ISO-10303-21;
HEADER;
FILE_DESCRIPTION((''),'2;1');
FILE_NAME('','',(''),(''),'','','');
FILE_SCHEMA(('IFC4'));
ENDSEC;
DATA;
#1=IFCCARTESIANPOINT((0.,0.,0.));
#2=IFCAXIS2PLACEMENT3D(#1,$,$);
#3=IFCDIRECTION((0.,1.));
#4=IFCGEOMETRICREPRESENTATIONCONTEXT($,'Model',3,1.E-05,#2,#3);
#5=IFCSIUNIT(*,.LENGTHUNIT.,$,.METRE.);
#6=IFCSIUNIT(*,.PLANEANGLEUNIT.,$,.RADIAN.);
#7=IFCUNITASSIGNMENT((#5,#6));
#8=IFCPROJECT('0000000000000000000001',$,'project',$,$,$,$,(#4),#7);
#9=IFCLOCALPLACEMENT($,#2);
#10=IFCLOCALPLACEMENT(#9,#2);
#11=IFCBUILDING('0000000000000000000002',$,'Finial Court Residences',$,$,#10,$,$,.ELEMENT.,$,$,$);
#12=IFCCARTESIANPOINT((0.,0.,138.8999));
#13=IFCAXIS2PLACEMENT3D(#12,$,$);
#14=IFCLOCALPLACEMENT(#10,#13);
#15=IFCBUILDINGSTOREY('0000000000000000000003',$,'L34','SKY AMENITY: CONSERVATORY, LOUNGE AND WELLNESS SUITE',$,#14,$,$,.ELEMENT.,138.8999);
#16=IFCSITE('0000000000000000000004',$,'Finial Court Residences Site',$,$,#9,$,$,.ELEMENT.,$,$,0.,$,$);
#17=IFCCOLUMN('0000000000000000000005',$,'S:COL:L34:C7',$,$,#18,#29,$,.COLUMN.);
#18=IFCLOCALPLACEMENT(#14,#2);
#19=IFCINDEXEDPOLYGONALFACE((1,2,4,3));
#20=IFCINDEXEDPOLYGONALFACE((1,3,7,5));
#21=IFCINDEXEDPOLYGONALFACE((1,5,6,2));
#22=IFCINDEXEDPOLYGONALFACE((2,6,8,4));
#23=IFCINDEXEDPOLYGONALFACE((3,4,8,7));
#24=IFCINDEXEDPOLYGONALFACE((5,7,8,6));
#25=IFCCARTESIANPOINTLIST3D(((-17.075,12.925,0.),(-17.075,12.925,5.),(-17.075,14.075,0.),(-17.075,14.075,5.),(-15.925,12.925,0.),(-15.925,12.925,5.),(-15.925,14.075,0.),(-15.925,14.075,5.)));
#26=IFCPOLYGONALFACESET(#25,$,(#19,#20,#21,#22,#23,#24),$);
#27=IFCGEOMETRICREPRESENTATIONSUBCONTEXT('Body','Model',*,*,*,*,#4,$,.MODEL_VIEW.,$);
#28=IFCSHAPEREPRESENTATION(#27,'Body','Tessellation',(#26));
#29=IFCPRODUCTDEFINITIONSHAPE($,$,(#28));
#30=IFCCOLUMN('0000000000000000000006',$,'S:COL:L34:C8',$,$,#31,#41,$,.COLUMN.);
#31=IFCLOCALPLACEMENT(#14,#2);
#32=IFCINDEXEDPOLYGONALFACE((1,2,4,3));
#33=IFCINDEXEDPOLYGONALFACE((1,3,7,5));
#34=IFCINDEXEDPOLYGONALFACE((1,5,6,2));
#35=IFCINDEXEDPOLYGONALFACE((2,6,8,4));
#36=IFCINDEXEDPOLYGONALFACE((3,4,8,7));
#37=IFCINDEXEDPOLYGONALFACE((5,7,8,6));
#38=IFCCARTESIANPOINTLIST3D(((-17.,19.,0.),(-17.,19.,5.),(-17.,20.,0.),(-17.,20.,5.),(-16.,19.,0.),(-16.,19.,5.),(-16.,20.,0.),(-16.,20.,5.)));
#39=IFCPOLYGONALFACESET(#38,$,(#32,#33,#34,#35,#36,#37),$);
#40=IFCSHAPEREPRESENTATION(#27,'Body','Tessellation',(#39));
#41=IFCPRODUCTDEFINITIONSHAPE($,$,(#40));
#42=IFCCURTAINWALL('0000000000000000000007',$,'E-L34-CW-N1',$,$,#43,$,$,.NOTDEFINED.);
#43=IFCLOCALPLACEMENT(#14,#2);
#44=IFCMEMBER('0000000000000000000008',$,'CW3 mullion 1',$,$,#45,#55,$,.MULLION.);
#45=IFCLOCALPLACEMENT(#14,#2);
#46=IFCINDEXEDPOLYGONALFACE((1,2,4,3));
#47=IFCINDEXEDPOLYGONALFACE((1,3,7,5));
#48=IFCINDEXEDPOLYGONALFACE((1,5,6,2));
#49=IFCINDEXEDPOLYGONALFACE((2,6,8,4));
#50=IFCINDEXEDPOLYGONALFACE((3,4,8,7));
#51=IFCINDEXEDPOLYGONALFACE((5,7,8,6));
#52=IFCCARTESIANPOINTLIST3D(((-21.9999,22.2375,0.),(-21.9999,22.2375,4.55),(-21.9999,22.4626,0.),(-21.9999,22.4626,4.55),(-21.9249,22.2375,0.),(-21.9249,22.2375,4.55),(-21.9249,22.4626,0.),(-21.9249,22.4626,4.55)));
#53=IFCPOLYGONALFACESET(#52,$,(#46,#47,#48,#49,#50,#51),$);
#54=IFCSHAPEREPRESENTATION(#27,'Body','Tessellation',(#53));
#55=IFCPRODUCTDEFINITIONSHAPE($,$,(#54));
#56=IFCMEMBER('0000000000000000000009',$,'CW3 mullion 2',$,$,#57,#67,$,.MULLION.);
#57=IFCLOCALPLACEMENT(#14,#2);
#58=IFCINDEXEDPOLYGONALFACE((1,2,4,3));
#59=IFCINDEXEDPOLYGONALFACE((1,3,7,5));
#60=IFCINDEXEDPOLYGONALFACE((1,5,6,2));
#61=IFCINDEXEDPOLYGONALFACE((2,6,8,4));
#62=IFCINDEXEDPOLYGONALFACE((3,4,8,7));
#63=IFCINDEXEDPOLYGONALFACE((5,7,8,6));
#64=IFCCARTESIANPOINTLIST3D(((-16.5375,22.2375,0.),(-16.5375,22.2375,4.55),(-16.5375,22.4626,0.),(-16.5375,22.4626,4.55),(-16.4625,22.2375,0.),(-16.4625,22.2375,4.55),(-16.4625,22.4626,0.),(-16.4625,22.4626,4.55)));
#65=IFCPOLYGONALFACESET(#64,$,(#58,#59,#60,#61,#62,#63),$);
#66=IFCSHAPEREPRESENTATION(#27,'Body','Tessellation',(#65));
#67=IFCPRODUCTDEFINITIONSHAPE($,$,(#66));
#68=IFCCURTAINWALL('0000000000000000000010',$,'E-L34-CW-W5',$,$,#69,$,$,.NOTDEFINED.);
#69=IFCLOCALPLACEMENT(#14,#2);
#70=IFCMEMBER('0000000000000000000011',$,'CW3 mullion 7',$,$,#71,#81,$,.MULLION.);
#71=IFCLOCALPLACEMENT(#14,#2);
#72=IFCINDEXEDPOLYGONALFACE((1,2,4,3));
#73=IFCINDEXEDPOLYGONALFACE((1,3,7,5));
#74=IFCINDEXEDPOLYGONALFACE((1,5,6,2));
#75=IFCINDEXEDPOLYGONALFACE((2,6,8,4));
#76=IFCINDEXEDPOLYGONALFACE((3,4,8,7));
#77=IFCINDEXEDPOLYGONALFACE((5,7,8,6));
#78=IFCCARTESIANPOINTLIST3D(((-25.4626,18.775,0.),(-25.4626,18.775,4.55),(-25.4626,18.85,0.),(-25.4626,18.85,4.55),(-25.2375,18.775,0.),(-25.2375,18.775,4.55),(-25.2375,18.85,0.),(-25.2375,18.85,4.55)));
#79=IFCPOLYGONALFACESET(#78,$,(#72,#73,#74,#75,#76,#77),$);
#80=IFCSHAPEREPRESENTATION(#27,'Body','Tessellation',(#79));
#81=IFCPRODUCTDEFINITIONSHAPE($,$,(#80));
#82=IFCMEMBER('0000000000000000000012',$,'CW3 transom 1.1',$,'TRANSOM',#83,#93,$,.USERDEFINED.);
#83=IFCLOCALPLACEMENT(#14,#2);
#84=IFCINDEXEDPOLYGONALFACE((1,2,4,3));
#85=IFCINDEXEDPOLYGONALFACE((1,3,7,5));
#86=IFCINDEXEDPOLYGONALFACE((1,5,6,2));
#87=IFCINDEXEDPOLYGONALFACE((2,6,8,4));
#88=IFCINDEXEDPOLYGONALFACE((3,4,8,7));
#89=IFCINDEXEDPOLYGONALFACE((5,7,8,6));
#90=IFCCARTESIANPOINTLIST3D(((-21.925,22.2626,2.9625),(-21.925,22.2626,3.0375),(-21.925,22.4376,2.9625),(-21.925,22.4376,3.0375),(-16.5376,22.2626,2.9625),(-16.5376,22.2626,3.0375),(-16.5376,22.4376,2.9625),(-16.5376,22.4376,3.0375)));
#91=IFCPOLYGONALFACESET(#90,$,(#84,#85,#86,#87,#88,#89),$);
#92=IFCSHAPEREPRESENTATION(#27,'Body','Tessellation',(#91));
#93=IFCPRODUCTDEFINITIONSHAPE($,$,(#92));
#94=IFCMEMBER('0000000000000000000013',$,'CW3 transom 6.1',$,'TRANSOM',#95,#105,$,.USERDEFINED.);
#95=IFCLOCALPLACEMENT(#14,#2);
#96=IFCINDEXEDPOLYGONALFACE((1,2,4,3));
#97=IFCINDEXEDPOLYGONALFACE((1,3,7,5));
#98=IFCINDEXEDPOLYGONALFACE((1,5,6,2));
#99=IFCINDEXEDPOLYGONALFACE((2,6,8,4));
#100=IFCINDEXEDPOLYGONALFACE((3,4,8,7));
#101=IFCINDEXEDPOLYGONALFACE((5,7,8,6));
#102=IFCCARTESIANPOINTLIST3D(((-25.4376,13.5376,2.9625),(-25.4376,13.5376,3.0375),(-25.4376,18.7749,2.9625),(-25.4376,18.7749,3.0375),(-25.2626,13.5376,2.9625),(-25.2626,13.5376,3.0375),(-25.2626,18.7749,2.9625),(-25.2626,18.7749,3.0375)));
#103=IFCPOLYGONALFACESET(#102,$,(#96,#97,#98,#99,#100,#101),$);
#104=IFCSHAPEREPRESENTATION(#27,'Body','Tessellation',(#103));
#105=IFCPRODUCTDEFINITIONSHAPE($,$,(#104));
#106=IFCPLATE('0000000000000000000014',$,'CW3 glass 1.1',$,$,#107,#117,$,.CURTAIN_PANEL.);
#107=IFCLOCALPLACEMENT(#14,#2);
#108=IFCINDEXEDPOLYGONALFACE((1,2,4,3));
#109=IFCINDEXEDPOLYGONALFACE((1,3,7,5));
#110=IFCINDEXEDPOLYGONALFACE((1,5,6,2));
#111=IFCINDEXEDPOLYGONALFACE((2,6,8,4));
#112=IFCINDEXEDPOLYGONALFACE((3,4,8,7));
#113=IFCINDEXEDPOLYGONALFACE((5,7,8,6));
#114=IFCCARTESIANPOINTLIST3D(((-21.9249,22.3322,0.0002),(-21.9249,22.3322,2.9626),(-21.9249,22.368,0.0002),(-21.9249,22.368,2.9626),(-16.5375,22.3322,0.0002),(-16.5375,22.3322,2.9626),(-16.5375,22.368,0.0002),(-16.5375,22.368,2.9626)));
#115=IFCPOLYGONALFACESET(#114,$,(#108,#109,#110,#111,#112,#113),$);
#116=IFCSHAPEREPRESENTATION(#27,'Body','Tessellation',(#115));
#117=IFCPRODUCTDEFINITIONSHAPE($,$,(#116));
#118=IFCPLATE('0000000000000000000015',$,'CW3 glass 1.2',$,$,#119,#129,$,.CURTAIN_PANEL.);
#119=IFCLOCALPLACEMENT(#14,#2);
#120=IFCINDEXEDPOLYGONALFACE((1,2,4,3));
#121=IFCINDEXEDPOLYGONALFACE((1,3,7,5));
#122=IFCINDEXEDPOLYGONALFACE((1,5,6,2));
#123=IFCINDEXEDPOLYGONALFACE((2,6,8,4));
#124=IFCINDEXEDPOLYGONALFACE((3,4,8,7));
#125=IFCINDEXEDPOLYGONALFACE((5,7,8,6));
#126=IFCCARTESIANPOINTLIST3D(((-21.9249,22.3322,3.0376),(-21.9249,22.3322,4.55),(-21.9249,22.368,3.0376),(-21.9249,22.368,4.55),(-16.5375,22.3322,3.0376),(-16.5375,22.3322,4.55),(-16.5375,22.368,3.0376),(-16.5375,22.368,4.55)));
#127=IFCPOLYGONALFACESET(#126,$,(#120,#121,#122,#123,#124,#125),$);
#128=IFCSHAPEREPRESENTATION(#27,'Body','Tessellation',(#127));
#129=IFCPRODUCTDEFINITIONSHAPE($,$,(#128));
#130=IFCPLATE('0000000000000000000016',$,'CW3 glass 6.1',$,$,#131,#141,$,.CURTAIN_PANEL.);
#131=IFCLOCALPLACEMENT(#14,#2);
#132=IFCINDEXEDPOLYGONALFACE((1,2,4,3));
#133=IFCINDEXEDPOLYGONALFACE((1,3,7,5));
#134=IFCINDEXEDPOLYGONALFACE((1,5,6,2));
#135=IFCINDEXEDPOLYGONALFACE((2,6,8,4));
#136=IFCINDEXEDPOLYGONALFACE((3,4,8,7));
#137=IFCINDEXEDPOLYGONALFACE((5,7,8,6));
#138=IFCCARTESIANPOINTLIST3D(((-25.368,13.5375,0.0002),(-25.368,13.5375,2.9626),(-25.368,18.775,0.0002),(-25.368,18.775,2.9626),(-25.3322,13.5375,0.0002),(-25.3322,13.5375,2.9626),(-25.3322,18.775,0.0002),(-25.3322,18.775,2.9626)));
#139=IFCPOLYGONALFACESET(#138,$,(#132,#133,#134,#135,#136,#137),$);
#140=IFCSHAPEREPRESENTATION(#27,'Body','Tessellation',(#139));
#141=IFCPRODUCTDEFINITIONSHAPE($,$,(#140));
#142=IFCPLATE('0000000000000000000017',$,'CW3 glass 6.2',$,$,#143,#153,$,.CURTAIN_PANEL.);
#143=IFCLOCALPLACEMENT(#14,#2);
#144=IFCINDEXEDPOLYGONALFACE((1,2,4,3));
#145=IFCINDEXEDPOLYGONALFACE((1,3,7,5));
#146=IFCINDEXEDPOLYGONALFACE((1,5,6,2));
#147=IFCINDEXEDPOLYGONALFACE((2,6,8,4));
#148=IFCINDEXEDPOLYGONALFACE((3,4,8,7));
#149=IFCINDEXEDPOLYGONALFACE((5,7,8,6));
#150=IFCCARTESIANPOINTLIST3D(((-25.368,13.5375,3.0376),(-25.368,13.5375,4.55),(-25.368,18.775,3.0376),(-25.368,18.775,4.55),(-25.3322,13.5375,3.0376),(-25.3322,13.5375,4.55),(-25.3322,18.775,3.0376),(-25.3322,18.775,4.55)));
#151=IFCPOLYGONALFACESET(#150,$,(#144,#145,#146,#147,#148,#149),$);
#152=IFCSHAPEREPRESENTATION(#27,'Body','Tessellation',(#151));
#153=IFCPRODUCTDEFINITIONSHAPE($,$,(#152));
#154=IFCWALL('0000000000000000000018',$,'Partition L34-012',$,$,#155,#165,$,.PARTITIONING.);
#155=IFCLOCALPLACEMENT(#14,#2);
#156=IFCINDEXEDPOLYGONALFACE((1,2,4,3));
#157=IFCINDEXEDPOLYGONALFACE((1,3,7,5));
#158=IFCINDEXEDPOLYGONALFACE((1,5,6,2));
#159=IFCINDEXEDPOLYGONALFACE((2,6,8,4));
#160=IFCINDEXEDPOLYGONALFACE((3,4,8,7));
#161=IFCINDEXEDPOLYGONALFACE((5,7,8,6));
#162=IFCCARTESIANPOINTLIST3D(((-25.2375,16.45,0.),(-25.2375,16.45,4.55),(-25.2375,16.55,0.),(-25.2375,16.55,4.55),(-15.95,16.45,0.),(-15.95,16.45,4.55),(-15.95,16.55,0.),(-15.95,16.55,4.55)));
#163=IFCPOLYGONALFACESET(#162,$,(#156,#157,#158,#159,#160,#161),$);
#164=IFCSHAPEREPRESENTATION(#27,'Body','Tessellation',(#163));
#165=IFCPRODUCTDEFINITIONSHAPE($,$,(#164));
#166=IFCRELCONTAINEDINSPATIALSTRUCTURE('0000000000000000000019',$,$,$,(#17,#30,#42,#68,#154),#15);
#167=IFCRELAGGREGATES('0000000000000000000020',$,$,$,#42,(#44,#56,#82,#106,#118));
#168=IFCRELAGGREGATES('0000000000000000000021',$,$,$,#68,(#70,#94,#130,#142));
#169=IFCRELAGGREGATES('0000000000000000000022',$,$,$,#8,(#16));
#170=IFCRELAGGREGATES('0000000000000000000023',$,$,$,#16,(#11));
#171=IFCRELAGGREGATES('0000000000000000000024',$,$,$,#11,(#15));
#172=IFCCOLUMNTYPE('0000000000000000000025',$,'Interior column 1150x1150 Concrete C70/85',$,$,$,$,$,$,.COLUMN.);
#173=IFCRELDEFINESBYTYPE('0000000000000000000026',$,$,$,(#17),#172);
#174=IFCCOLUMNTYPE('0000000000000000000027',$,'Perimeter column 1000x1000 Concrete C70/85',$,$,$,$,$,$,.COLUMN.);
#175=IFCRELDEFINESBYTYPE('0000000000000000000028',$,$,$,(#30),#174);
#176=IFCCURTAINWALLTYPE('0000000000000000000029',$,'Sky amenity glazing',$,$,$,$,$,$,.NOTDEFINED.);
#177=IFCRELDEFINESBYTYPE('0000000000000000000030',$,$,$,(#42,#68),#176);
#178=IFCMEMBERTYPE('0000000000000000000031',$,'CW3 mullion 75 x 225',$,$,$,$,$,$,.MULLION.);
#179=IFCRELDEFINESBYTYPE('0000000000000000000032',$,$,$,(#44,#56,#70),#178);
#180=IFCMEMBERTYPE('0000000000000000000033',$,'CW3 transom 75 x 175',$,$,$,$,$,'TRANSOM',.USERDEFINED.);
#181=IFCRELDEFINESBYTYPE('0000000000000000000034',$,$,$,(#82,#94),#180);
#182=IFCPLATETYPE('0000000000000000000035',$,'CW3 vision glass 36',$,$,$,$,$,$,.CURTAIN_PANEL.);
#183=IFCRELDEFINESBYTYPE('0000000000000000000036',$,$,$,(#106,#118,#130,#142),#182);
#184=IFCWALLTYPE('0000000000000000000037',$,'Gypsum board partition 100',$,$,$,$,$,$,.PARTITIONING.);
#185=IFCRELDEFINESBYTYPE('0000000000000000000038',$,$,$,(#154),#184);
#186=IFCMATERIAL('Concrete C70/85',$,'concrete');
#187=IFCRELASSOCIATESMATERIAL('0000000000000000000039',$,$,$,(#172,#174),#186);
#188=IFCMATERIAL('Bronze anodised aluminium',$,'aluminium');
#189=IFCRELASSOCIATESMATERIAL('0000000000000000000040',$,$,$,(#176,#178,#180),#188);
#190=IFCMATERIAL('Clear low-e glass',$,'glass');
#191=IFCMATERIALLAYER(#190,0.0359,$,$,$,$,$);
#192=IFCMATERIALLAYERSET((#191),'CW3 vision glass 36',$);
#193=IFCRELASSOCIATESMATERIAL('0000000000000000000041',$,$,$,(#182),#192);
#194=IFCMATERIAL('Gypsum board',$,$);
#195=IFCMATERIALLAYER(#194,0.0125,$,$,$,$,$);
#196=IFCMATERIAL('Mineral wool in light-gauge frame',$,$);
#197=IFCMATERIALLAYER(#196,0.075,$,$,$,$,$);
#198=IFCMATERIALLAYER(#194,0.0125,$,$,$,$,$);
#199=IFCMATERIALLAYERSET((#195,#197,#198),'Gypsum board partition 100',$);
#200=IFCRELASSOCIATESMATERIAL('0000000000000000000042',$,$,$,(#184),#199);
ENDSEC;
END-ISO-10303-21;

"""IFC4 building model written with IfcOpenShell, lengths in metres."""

from ifc_helpers import new_model, si_unit, direction, frame, frame_2d, origin, origin_2d, place, context, subcontext, project, spatial, rectangle, extrude, material, layer, layer_set, material_profile, profile_set, type_object, element, aggregate, save


model = new_model("IFC4")

# Units and contexts
model_context = context("Model", 3, precision=1e-05, world=origin(), true_north=direction((0.0, 1.0)))
body_context = subcontext(model_context, "Body", "Model", "MODEL_VIEW")
ifc_project = project(units=[si_unit("LENGTHUNIT", "METRE"), si_unit("PLANEANGLEUNIT", "RADIAN")], contexts=[model_context])

# Site, building, storey
site_placement = place(None, origin())
site = spatial("IfcSite", under=ifc_project, at=site_placement, Name="Finial Court Residences Site", CompositionType="ELEMENT", RefElevation=0.0)
building_placement = place(site_placement, origin())
building = spatial("IfcBuilding", under=site, at=building_placement, Name="Finial Court Residences", CompositionType="ELEMENT")
storey_placement = place(building_placement, frame((0.0, 0.0, 138.8999)))
storey = spatial("IfcBuildingStorey", under=building, at=storey_placement, Name="L34", Description="SKY AMENITY: CONSERVATORY, LOUNGE AND WELLNESS SUITE", CompositionType="ELEMENT", Elevation=138.8999)

# Columns
ifc_material_1 = material(Name="Concrete C70/85", Category="concrete")
ifc_material_profile_1 = material_profile(ifc_material_1, rectangle(XDim=1.1499, YDim=1.1499, at=origin_2d()), Name="1150x1150")
ifc_profile_set_1 = profile_set([ifc_material_profile_1], Name="Concrete C70/85")
column_type_1 = type_object("IfcColumnType", Name="Interior column 1150x1150 Concrete C70/85", PredefinedType="COLUMN", material=ifc_profile_set_1)
column_1_placement = place(storey_placement, frame((-16.5, 13.5, 0.0), z_axis=(0.0, 0.0, 1.0), x_axis=(1.0, 0.0, 0.0)))
element("IfcColumn", 1, at=column_1_placement, inside=storey, type_object=column_type_1, Name="S:COL:L34:C7", PredefinedType="COLUMN", context=body_context, shape_type="SweptSolid", body=[
    extrude(rectangle(XDim=1.1499, YDim=1.1499, at=origin_2d()), origin(), (0.0, 0.0, 1.0), 5.0),
])
ifc_material_profile_2 = material_profile(ifc_material_1, rectangle(XDim=1.0, YDim=1.0, at=origin_2d()), Name="1000x1000")
ifc_profile_set_2 = profile_set([ifc_material_profile_2], Name="Concrete C70/85")
column_type_2 = type_object("IfcColumnType", Name="Perimeter column 1000x1000 Concrete C70/85", PredefinedType="COLUMN", material=ifc_profile_set_2)
column_2_placement = place(storey_placement, frame((-16.5, 19.5, 0.0), z_axis=(0.0, 0.0, 1.0), x_axis=(1.0, 0.0, 0.0)))
element("IfcColumn", 2, at=column_2_placement, inside=storey, type_object=column_type_2, Name="S:COL:L34:C8", PredefinedType="COLUMN", context=body_context, shape_type="SweptSolid", body=[
    extrude(rectangle(XDim=1.0, YDim=1.0, at=origin_2d()), origin(), (0.0, 0.0, 1.0), 5.0),
])

# Curtain wall, members
ifc_material_2 = material(Name="Bronze anodised aluminium", Category="aluminium")
curtain_wall_type = type_object("IfcCurtainWallType", Name="Sky amenity glazing", PredefinedType="NOTDEFINED", material=ifc_material_2)
curtain_wall_1_placement = place(storey_placement, origin())
curtain_wall_1 = element("IfcCurtainWall", 3, at=curtain_wall_1_placement, inside=storey, type_object=curtain_wall_type, Name="E-L34-CW-N1", PredefinedType="NOTDEFINED")
ifc_material_profile_3 = material_profile(ifc_material_2, rectangle(XDim=0.2251, YDim=0.075, at=origin_2d()), Name="CW3 mullion 75 x 225")
ifc_profile_set_3 = profile_set([ifc_material_profile_3], Name="Bronze anodised aluminium")
member_type_1 = type_object("IfcMemberType", Name="CW3 mullion 75 x 225", PredefinedType="MULLION", material=ifc_profile_set_3)
member_1_placement = place(storey_placement, frame((-21.9624, 22.3501, 0.0), z_axis=(0.0, 0.0, 1.0), x_axis=(0.0, 1.0, 0.0)))
member_1 = element("IfcMember", 4, at=member_1_placement, type_object=member_type_1, Name="CW3 mullion 1", PredefinedType="MULLION", context=body_context, shape_type="SweptSolid", body=[
    extrude(rectangle(XDim=0.2251, YDim=0.075, at=origin_2d()), origin(), (0.0, 0.0, 1.0), 4.55),
])
member_2_placement = place(storey_placement, frame((-16.5, 22.3501, 0.0), z_axis=(0.0, 0.0, 1.0), x_axis=(0.0, 1.0, 0.0)))
member_2 = element("IfcMember", 5, at=member_2_placement, type_object=member_type_1, Name="CW3 mullion 2", PredefinedType="MULLION", context=body_context, shape_type="SweptSolid", body=[
    extrude(rectangle(XDim=0.2251, YDim=0.075, at=origin_2d()), origin(), (0.0, 0.0, 1.0), 4.55),
])

# Curtain wall, member
curtain_wall_2_placement = place(storey_placement, origin())
curtain_wall_2 = element("IfcCurtainWall", 6, at=curtain_wall_2_placement, inside=storey, type_object=curtain_wall_type, Name="E-L34-CW-W5", PredefinedType="NOTDEFINED")
member_3_placement = place(storey_placement, frame((-25.3501, 18.8125, 0.0), z_axis=(0.0, 0.0, 1.0), x_axis=(-1.0, 0.0, 0.0)))
member_3 = element("IfcMember", 7, at=member_3_placement, type_object=member_type_1, Name="CW3 mullion 7", PredefinedType="MULLION", context=body_context, shape_type="SweptSolid", body=[
    extrude(rectangle(XDim=0.2251, YDim=0.075, at=origin_2d()), origin(), (0.0, 0.0, 1.0), 4.55),
])

# Members
ifc_material_profile_4 = material_profile(ifc_material_2, rectangle(XDim=0.175, YDim=0.075, at=origin_2d()), Name="CW3 transom 75 x 175")
ifc_profile_set_4 = profile_set([ifc_material_profile_4], Name="Bronze anodised aluminium")
member_type_2 = type_object("IfcMemberType", Name="CW3 transom 75 x 175", ElementType="TRANSOM", PredefinedType="USERDEFINED", material=ifc_profile_set_4)
member_4_placement = place(storey_placement, frame((-21.925, 22.3501, 3.0), z_axis=(1.0, 0.0, 0.0), x_axis=(0.0, 1.0, 0.0)))
member_4 = element("IfcMember", 8, at=member_4_placement, type_object=member_type_2, Name="CW3 transom 1.1", ObjectType="TRANSOM", PredefinedType="USERDEFINED", context=body_context, shape_type="SweptSolid", body=[
    extrude(rectangle(XDim=0.175, YDim=0.075, at=origin_2d()), origin(), (0.0, 0.0, 1.0), 5.3875),
])
member_5_placement = place(storey_placement, frame((-25.3501, 13.5376, 3.0), z_axis=(0.0, 1.0, 0.0), x_axis=(-1.0, 0.0, 0.0)))
member_5 = element("IfcMember", 9, at=member_5_placement, type_object=member_type_2, Name="CW3 transom 6.1", ObjectType="TRANSOM", PredefinedType="USERDEFINED", context=body_context, shape_type="SweptSolid", body=[
    extrude(rectangle(XDim=0.175, YDim=0.075, at=origin_2d()), origin(), (0.0, 0.0, 1.0), 5.2373),
])

# Plates
ifc_material_3 = material(Name="Clear low-e glass", Category="glass")
ifc_layer_1 = layer(ifc_material_3, 0.0359)
ifc_layer_set_1 = layer_set([ifc_layer_1], Name="CW3 vision glass 36")
plate_type = type_object("IfcPlateType", Name="CW3 vision glass 36", PredefinedType="CURTAIN_PANEL", material=ifc_layer_set_1)
plate_1_placement = place(storey_placement, frame((-19.2312, 22.3501, 0.0002), z_axis=(0.0, 0.0, 1.0), x_axis=(1.0, 0.0, 0.0)))
plate_1 = element("IfcPlate", 10, at=plate_1_placement, type_object=plate_type, Name="CW3 glass 1.1", PredefinedType="CURTAIN_PANEL", context=body_context, shape_type="SweptSolid", body=[
    extrude(rectangle(XDim=5.3875, YDim=0.0359, at=origin_2d()), origin(), (0.0, 0.0, 1.0), 2.9624),
])
plate_2_placement = place(storey_placement, frame((-19.2312, 22.3501, 3.0376), z_axis=(0.0, 0.0, 1.0), x_axis=(1.0, 0.0, 0.0)))
plate_2 = element("IfcPlate", 11, at=plate_2_placement, type_object=plate_type, Name="CW3 glass 1.2", PredefinedType="CURTAIN_PANEL", context=body_context, shape_type="SweptSolid", body=[
    extrude(rectangle(XDim=5.3875, YDim=0.0359, at=origin_2d()), origin(), (0.0, 0.0, 1.0), 1.5125),
])
aggregate(curtain_wall_1, [member_1, member_2, member_4, plate_1, plate_2])
plate_3_placement = place(storey_placement, frame((-25.3501, 16.1562, 0.0002), z_axis=(0.0, 0.0, 1.0), x_axis=(0.0, 1.0, 0.0)))
plate_3 = element("IfcPlate", 12, at=plate_3_placement, type_object=plate_type, Name="CW3 glass 6.1", PredefinedType="CURTAIN_PANEL", context=body_context, shape_type="SweptSolid", body=[
    extrude(rectangle(XDim=5.2375, YDim=0.0359, at=origin_2d()), origin(), (0.0, 0.0, 1.0), 2.9624),
])
plate_4_placement = place(storey_placement, frame((-25.3501, 16.1562, 3.0376), z_axis=(0.0, 0.0, 1.0), x_axis=(0.0, 1.0, 0.0)))
plate_4 = element("IfcPlate", 13, at=plate_4_placement, type_object=plate_type, Name="CW3 glass 6.2", PredefinedType="CURTAIN_PANEL", context=body_context, shape_type="SweptSolid", body=[
    extrude(rectangle(XDim=5.2375, YDim=0.0359, at=origin_2d()), origin(), (0.0, 0.0, 1.0), 1.5125),
])
aggregate(curtain_wall_2, [member_3, member_5, plate_3, plate_4])

# Wall
ifc_material_4 = material(Name="Gypsum board")
ifc_layer_2 = layer(ifc_material_4, 0.0125)
ifc_material_5 = material(Name="Mineral wool in light-gauge frame")
ifc_layer_3 = layer(ifc_material_5, 0.075)
ifc_layer_4 = layer(ifc_material_4, 0.0125)
ifc_layer_set_2 = layer_set([ifc_layer_2, ifc_layer_3, ifc_layer_4], Name="Gypsum board partition 100")
wall_type_1 = type_object("IfcWallType", Name="Gypsum board partition 100", PredefinedType="PARTITIONING", material=ifc_layer_set_2)
wall_1_placement = place(storey_placement, frame((-25.2375, 16.5, 0.0), z_axis=(0.0, 0.0, 1.0), x_axis=(1.0, 0.0, 0.0)))
element("IfcWall", 14, at=wall_1_placement, inside=storey, type_object=wall_type_1, Name="Partition L34-012", PredefinedType="PARTITIONING", context=body_context, shape_type="SweptSolid", body=[
    extrude(rectangle(XDim=9.2876, YDim=0.1001, at=frame_2d((4.6438, 0.0))), origin(), (0.0, 0.0, 1.0), 4.55),
])

save(model, "model.ifc")
